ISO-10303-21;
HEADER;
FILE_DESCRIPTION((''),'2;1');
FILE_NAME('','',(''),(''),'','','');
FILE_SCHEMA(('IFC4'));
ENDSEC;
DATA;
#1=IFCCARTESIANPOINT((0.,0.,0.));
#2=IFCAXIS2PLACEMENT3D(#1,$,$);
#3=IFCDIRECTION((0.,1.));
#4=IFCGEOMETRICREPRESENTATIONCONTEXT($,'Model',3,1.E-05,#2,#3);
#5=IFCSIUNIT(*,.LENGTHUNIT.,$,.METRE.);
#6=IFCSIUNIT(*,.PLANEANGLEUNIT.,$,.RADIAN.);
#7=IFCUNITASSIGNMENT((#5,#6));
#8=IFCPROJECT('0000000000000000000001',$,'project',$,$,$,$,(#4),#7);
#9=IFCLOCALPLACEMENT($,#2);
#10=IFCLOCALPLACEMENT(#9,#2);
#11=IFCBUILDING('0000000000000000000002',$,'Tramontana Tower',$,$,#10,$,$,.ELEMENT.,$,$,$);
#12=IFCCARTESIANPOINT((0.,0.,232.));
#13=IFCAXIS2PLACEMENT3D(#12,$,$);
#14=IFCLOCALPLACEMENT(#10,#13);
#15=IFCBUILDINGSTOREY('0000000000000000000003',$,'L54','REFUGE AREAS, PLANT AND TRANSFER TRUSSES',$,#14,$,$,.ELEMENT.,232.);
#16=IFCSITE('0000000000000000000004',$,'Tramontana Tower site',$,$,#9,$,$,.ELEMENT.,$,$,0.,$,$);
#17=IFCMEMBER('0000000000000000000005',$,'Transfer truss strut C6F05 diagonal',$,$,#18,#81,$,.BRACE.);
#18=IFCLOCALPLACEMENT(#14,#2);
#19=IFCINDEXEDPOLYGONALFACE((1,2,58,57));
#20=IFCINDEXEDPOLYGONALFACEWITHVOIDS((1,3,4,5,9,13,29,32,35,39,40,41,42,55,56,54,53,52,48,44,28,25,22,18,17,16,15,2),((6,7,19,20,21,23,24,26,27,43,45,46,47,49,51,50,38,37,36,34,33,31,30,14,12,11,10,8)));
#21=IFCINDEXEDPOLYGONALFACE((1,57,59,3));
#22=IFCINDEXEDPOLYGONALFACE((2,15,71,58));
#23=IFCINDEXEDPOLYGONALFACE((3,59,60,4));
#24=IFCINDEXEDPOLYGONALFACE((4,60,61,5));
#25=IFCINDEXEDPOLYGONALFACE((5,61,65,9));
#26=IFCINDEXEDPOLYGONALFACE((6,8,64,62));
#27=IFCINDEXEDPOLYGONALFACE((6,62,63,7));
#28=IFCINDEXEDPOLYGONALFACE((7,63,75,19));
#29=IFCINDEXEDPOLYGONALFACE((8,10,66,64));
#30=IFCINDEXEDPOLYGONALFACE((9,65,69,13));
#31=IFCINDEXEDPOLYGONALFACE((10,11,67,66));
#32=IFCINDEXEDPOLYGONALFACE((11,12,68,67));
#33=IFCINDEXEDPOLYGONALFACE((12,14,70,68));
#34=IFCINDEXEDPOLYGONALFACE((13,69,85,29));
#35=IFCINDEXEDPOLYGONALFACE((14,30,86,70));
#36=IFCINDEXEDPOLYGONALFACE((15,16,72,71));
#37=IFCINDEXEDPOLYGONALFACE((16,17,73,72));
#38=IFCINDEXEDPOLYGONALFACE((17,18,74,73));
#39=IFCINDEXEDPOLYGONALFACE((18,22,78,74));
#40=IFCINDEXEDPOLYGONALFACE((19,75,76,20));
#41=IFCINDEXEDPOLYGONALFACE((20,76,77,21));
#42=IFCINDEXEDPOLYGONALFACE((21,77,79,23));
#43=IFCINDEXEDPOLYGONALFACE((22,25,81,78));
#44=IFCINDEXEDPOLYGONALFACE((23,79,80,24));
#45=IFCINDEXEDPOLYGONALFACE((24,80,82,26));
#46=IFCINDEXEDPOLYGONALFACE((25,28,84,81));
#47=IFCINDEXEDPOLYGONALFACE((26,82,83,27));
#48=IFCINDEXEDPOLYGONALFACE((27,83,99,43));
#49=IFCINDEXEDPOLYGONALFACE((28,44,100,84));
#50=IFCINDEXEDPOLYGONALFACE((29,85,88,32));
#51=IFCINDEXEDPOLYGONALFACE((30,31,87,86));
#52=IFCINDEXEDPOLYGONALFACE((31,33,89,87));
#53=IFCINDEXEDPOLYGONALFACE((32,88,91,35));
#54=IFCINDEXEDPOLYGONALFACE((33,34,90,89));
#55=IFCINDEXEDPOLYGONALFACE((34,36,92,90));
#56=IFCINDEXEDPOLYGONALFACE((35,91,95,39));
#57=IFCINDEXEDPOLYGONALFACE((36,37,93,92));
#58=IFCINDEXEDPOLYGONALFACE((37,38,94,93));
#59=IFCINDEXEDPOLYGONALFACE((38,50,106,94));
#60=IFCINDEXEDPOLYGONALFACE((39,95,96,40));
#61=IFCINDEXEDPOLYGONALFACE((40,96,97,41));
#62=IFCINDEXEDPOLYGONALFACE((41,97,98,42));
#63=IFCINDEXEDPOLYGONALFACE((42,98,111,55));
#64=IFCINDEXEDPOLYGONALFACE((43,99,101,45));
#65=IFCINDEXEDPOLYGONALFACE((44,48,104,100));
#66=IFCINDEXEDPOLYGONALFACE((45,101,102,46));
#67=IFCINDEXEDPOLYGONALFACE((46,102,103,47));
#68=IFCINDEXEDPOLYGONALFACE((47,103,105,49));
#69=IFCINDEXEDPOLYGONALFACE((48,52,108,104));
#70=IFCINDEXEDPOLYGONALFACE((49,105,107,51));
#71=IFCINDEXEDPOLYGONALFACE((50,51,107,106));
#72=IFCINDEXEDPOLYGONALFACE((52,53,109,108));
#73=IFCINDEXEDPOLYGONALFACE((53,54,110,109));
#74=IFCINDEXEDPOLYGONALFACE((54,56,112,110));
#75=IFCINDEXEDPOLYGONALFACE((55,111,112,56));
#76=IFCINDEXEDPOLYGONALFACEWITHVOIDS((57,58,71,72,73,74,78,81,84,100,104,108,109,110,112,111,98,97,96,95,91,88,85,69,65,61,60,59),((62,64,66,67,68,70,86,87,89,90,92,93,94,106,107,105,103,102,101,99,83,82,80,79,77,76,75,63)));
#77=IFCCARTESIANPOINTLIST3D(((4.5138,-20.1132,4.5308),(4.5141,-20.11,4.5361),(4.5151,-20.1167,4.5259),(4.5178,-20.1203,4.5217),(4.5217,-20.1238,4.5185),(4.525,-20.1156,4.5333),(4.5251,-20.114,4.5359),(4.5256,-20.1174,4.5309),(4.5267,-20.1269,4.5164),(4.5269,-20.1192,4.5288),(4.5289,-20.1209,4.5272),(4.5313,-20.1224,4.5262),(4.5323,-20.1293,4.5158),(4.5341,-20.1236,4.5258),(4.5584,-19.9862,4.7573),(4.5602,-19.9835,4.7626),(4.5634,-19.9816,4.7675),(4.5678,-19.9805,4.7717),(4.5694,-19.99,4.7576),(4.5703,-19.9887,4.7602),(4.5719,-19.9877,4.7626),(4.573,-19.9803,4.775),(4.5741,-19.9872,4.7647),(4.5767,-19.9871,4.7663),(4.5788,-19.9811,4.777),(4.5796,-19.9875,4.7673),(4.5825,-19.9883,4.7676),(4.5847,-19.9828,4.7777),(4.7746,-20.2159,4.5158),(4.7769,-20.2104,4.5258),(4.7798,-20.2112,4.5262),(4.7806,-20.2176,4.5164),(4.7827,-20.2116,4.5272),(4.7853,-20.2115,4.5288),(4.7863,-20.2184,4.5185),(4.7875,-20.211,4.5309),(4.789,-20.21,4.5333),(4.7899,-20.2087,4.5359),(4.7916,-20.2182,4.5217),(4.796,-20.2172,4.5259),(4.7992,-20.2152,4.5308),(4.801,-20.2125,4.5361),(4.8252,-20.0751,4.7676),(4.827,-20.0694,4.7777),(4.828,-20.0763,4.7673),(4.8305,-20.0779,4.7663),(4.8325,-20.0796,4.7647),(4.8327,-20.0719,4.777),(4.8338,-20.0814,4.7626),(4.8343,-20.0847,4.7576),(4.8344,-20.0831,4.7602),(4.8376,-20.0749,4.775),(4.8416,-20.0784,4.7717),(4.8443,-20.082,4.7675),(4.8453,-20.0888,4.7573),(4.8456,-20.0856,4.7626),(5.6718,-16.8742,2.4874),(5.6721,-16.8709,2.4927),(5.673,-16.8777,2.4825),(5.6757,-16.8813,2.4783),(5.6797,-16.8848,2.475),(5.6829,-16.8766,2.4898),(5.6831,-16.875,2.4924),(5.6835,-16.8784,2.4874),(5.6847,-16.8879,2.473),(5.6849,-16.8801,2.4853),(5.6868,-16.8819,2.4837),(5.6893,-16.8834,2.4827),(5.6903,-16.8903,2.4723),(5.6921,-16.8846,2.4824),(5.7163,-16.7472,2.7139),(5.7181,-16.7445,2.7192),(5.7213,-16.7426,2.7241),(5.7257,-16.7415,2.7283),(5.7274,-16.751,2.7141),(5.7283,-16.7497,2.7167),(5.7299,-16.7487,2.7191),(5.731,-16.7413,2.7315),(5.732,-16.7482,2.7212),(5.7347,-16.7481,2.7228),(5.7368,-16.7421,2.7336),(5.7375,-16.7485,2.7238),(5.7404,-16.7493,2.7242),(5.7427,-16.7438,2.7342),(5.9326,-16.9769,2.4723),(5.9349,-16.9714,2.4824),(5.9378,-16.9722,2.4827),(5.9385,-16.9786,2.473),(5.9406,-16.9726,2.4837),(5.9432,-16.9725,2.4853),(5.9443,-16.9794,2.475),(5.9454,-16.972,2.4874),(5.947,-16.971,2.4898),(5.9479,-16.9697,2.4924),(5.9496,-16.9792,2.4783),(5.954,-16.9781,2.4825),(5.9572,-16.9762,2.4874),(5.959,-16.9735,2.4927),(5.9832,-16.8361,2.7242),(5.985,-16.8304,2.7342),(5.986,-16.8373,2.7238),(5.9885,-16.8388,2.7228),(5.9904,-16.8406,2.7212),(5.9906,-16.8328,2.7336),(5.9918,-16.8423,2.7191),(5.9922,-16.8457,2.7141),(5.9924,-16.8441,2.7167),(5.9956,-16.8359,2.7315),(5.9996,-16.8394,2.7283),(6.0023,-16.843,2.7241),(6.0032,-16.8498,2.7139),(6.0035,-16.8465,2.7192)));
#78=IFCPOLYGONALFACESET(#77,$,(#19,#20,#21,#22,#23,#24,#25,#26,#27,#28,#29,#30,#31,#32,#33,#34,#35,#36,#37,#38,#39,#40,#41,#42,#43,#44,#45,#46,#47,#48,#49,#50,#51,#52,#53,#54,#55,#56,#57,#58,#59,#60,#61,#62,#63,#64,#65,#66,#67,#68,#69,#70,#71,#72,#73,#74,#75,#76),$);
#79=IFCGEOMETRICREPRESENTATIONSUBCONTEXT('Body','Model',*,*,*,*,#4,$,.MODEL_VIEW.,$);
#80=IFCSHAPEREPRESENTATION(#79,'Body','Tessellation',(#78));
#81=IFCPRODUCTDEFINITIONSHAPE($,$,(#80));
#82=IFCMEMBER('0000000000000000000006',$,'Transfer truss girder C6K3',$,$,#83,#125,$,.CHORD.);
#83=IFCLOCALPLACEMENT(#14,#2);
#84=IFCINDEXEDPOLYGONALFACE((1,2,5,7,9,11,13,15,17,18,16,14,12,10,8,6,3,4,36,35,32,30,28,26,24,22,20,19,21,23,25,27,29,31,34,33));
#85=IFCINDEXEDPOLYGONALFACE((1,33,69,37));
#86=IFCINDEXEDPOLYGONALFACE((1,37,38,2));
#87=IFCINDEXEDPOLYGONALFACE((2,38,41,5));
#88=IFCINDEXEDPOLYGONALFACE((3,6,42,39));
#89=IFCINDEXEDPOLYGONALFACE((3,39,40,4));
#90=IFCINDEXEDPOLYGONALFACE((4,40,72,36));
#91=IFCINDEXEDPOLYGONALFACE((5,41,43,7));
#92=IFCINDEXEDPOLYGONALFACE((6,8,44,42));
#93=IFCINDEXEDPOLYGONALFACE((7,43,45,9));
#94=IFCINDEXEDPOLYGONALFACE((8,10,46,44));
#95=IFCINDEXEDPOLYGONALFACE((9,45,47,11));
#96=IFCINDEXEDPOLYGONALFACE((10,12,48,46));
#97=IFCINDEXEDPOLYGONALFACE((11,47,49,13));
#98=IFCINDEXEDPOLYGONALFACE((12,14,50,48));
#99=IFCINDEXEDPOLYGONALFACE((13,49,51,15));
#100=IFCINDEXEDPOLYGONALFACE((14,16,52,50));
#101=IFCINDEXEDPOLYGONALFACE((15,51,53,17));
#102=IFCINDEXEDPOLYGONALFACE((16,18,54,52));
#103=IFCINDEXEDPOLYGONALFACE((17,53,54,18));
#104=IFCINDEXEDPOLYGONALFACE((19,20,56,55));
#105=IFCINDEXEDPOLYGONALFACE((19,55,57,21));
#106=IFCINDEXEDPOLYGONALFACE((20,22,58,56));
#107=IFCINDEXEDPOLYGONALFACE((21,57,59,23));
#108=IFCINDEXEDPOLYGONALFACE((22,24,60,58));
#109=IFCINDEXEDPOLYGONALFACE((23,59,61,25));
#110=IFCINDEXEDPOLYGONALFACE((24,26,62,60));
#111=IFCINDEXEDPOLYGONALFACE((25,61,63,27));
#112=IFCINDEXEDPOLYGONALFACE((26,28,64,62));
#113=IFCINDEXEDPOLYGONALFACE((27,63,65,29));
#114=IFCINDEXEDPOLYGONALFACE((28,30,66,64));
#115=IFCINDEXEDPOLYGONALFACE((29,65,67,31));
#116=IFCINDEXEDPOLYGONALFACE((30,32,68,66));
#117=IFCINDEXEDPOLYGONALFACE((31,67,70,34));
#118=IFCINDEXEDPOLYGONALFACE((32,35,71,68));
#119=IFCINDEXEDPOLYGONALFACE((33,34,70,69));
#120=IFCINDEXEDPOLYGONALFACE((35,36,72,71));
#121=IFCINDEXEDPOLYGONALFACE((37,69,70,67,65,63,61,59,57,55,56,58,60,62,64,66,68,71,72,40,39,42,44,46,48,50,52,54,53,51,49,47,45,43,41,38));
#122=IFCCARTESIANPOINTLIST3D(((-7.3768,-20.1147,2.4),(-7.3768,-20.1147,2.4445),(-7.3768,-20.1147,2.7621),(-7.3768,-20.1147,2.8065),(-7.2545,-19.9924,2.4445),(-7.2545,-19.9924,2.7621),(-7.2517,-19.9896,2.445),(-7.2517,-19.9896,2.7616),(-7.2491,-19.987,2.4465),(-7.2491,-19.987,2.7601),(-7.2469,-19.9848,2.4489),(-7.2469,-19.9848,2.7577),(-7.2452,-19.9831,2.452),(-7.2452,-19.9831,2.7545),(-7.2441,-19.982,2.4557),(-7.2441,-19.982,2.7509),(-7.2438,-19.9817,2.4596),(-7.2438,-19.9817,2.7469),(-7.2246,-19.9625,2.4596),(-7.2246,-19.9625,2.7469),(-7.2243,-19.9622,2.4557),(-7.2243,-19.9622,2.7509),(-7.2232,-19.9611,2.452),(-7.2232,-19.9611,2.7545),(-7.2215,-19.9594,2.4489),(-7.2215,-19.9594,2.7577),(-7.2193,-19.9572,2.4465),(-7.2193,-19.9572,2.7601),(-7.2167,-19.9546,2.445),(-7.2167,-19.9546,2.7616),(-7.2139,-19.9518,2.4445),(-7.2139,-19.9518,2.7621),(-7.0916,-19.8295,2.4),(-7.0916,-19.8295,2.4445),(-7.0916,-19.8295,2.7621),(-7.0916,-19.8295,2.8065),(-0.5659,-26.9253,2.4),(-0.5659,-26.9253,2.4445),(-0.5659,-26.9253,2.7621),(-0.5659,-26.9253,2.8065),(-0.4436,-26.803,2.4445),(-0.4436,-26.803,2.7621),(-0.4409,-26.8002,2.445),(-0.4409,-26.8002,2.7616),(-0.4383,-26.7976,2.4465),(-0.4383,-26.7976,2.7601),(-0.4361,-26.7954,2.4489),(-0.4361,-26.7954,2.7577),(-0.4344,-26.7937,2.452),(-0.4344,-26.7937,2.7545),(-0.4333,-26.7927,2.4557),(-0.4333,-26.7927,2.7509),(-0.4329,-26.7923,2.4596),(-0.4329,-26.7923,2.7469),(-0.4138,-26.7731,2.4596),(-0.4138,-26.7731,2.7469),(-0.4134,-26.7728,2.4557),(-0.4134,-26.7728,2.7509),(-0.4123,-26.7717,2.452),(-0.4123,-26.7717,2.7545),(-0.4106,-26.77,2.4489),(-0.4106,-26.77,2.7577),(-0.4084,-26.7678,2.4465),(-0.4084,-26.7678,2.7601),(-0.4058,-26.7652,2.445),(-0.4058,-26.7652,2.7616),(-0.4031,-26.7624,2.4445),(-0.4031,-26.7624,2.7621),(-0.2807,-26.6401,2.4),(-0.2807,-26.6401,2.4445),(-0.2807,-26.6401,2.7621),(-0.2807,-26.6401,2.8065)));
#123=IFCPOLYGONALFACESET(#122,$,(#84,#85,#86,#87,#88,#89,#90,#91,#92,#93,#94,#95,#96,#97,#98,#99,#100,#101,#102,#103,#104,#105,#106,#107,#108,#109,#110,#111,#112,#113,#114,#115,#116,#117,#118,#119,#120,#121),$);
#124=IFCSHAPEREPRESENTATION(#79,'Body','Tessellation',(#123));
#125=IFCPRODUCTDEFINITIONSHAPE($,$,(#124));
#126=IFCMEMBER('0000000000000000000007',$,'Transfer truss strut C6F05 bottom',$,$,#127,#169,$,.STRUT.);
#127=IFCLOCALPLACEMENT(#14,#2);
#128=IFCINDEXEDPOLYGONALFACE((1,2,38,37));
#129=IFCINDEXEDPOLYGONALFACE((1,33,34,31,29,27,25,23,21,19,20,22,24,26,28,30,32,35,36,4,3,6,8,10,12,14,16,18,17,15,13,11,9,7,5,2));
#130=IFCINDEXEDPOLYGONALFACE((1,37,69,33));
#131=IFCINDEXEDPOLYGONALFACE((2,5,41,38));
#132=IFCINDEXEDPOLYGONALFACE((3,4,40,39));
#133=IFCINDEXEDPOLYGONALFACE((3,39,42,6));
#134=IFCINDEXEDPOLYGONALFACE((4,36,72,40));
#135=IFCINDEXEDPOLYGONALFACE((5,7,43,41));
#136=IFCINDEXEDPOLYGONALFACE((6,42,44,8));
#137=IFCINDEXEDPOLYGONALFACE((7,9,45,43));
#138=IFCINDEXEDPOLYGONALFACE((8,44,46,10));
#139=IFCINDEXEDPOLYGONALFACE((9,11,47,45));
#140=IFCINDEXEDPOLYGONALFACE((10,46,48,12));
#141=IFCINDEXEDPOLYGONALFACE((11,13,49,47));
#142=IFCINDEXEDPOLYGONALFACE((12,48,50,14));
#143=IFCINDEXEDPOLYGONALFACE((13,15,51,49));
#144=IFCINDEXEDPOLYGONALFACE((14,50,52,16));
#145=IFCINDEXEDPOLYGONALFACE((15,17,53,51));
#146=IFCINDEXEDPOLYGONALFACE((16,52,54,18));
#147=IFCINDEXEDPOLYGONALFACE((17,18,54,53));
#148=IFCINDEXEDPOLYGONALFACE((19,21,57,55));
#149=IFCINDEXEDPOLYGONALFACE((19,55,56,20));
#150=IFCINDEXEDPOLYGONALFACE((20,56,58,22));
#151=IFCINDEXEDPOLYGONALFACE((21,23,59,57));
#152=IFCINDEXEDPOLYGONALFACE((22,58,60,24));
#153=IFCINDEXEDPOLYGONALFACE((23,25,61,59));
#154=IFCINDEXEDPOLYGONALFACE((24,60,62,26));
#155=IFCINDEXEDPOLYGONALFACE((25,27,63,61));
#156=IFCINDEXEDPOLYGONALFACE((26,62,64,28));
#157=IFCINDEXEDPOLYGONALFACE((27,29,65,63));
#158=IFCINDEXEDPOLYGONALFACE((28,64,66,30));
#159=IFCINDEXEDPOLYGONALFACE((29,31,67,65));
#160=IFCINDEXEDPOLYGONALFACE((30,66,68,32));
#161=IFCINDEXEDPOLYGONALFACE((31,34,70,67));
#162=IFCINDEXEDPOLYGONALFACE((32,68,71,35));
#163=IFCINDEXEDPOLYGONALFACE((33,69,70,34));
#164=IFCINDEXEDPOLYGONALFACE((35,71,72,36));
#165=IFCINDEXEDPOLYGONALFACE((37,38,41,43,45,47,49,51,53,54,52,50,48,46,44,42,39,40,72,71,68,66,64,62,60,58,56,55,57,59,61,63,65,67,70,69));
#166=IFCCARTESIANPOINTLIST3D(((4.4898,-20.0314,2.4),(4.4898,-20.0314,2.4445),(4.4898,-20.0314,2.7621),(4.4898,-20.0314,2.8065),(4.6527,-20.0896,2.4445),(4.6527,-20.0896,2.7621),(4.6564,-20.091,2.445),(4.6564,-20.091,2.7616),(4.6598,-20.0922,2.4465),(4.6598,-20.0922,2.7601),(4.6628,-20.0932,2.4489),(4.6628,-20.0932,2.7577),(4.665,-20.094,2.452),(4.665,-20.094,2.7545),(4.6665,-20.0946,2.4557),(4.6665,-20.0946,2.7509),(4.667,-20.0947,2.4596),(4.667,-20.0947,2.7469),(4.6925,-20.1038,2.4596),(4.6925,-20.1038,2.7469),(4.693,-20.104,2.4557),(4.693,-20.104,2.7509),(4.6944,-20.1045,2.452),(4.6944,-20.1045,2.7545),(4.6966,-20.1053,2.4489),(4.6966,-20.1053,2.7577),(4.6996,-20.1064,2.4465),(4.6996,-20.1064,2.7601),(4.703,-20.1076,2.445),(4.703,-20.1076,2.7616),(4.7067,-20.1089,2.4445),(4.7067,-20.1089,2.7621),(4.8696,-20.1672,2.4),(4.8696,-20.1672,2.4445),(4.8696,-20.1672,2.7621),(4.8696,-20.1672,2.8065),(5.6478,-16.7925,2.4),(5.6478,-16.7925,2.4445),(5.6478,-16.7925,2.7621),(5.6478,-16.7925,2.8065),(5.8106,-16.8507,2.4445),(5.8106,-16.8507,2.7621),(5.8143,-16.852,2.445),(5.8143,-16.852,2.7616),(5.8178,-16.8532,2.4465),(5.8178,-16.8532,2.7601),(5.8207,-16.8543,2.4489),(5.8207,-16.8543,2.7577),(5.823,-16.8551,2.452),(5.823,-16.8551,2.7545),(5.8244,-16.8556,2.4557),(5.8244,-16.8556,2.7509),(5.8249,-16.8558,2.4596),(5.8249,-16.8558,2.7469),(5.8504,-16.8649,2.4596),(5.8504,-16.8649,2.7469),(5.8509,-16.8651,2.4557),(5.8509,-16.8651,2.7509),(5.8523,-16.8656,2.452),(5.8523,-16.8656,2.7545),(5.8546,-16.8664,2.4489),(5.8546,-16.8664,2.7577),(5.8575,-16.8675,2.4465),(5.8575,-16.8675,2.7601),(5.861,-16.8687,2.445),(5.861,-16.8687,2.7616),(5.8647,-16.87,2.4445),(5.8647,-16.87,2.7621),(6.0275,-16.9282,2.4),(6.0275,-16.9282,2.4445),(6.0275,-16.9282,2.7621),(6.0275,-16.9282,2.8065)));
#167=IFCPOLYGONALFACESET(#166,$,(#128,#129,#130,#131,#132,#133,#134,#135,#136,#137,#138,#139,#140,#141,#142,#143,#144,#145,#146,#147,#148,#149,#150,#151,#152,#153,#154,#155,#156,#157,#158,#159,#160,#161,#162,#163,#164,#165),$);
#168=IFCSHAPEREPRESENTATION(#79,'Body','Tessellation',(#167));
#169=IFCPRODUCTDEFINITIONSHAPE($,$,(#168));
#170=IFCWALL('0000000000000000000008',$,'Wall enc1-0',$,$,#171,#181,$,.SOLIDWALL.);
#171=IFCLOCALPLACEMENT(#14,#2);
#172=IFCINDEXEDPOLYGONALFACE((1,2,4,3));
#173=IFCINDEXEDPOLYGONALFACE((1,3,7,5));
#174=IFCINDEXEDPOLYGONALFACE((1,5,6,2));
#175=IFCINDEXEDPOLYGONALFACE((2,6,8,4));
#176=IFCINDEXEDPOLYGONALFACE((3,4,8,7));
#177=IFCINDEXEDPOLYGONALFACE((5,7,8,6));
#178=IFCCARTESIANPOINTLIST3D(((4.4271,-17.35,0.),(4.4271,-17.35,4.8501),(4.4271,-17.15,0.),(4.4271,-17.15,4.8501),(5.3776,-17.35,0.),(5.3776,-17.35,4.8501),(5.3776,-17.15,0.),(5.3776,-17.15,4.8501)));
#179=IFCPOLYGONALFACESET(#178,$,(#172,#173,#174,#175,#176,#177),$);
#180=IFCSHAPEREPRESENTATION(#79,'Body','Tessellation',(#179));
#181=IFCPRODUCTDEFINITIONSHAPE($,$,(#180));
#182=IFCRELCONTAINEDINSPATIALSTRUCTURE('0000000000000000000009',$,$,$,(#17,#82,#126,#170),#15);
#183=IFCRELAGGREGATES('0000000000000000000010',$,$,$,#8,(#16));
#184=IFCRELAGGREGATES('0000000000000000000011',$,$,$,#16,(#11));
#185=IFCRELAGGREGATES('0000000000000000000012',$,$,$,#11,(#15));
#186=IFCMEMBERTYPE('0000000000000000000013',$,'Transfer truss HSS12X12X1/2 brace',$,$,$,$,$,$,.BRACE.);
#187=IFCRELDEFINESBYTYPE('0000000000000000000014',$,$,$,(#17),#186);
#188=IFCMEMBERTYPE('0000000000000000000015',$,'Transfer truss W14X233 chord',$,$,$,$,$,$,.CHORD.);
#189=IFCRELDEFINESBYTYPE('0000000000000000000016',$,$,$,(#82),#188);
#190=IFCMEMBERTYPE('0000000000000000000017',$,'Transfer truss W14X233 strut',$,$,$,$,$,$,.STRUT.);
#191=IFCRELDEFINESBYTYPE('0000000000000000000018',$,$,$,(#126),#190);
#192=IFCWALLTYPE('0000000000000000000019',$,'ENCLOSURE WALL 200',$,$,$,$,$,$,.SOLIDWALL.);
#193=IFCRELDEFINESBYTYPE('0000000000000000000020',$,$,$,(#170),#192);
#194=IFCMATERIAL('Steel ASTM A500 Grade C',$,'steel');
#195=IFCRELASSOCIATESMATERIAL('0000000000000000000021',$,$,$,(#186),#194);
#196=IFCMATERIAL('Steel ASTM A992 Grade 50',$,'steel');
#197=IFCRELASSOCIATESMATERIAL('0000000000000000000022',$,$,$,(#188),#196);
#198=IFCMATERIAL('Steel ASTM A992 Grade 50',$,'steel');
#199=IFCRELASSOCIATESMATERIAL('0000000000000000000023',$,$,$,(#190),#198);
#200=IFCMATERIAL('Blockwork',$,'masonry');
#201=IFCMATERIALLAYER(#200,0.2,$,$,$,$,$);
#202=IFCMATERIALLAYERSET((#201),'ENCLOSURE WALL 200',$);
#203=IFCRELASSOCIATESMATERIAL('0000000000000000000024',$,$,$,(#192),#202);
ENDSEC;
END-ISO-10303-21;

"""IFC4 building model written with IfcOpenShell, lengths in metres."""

from ifc_helpers import new_model, si_unit, direction, frame, frame_2d, origin, origin_2d, place, context, subcontext, project, spatial, rectangle, hollow_rectangle, i_section, extrude, material, layer, layer_set, material_profile, profile_set, type_object, element, save


model = new_model("IFC4")

# Units and contexts
model_context = context("Model", 3, precision=1e-05, world=origin(), true_north=direction((0.0, 1.0)))
body_context = subcontext(model_context, "Body", "Model", "MODEL_VIEW")
ifc_project = project(units=[si_unit("LENGTHUNIT", "METRE"), si_unit("PLANEANGLEUNIT", "RADIAN")], contexts=[model_context])

# Site, building, storey
site_placement = place(None, origin())
site = spatial("IfcSite", under=ifc_project, at=site_placement, Name="Tramontana Tower site", CompositionType="ELEMENT", RefElevation=0.0)
building_placement = place(site_placement, origin())
building = spatial("IfcBuilding", under=site, at=building_placement, Name="Tramontana Tower", CompositionType="ELEMENT")
storey_placement = place(building_placement, frame((0.0, 0.0, 232.0)))
storey = spatial("IfcBuildingStorey", under=building, at=storey_placement, Name="L54", Description="REFUGE AREAS, PLANT AND TRANSFER TRUSSES", CompositionType="ELEMENT", Elevation=232.0)

# Members
ifc_material_1 = material(Name="Steel ASTM A500 Grade C", Category="steel")
ifc_material_profile_1 = material_profile(ifc_material_1, hollow_rectangle(XDim=0.3047, YDim=0.3047, WallThickness=0.0117, InnerFilletRadius=0.0117, OuterFilletRadius=0.0237, at=origin_2d()), Name="HSS12X12X1/2")
ifc_profile_set_1 = profile_set([ifc_material_profile_1], Name="Steel ASTM A500 Grade C")
member_type_1 = type_object("IfcMemberType", Name="Transfer truss HSS12X12X1/2 brace", PredefinedType="BRACE", material=ifc_profile_set_1)
member_1_placement = place(storey_placement, frame((5.8376, -16.8604, 2.6033), z_axis=(-0.289419, -0.809556, 0.51074), x_axis=(0.941634, -0.336638, 0.0)))
element("IfcMember", 1, at=member_1_placement, inside=storey, type_object=member_type_1, Name="Transfer truss strut C6F05 diagonal", PredefinedType="BRACE", context=body_context, shape_type="SweptSolid", body=[
    extrude(hollow_rectangle(XDim=0.3047, YDim=0.3047, WallThickness=0.0117, InnerFilletRadius=0.0117, OuterFilletRadius=0.0237, at=origin_2d()), origin(), (0.0, 0.0, 1.0), 4.001),
])
ifc_material_2 = material(Name="Steel ASTM A992 Grade 50", Category="steel")
ifc_material_profile_2 = material_profile(ifc_material_2, i_section(OverallWidth=0.4033, OverallDepth=0.4065, WebThickness=0.0271, FlangeThickness=0.0444, FilletRadius=0.0151, at=origin_2d()), Name="W14X233")
ifc_profile_set_2 = profile_set([ifc_material_profile_2], Name="Steel ASTM A992 Grade 50")
member_type_2 = type_object("IfcMemberType", Name="Transfer truss W14X233 chord", PredefinedType="CHORD", material=ifc_profile_set_2)
member_2_placement = place(storey_placement, frame((-0.4233, -26.7827, 2.6033), z_axis=(-0.707119, 0.707094, 0.0), x_axis=(-0.707094, -0.707119, 0.0)))
element("IfcMember", 2, at=member_2_placement, inside=storey, type_object=member_type_2, Name="Transfer truss girder C6K3", PredefinedType="CHORD", context=body_context, shape_type="SweptSolid", body=[
    extrude(i_section(OverallWidth=0.4033, OverallDepth=0.4065, WebThickness=0.0271, FlangeThickness=0.0444, FilletRadius=0.0151, at=origin_2d()), origin(), (0.0, 0.0, 1.0), 9.6318),
])
ifc_material_3 = material(Name="Steel ASTM A992 Grade 50", Category="steel")
ifc_material_profile_3 = material_profile(ifc_material_3, i_section(OverallWidth=0.4033, OverallDepth=0.4065, WebThickness=0.0271, FlangeThickness=0.0444, FilletRadius=0.0151, at=origin_2d()), Name="W14X233")
ifc_profile_set_3 = profile_set([ifc_material_profile_3], Name="Steel ASTM A992 Grade 50")
member_type_3 = type_object("IfcMemberType", Name="Transfer truss W14X233 strut", PredefinedType="STRUT", material=ifc_profile_set_3)
member_3_placement = place(storey_placement, frame((5.8376, -16.8604, 2.6033), z_axis=(-0.336638, -0.941634, 0.0), x_axis=(0.941634, -0.336638, 0.0)))
element("IfcMember", 3, at=member_3_placement, inside=storey, type_object=member_type_3, Name="Transfer truss strut C6F05 bottom", PredefinedType="STRUT", context=body_context, shape_type="SweptSolid", body=[
    extrude(i_section(OverallWidth=0.4033, OverallDepth=0.4065, WebThickness=0.0271, FlangeThickness=0.0444, FilletRadius=0.0151, at=origin_2d()), origin(), (0.0, 0.0, 1.0), 3.4397),
])

# Wall
ifc_material_4 = material(Name="Blockwork", Category="masonry")
ifc_layer = layer(ifc_material_4, 0.2)
ifc_layer_set = layer_set([ifc_layer], Name="ENCLOSURE WALL 200")
wall_type = type_object("IfcWallType", Name="ENCLOSURE WALL 200", PredefinedType="SOLIDWALL", material=ifc_layer_set)
wall_1_placement = place(storey_placement, frame((5.3774, -17.25, 0.0), z_axis=(0.0, 0.0, 1.0), x_axis=(-1.0, 0.0, 0.0)))
element("IfcWall", 4, at=wall_1_placement, inside=storey, type_object=wall_type, Name="Wall enc1-0", PredefinedType="SOLIDWALL", context=body_context, shape_type="SweptSolid", body=[
    extrude(rectangle(XDim=0.9504, YDim=0.2, at=frame_2d((0.4751, 0.0))), origin(), (0.0, 0.0, 1.0), 4.8501),
])

save(model, "model.ifc")
